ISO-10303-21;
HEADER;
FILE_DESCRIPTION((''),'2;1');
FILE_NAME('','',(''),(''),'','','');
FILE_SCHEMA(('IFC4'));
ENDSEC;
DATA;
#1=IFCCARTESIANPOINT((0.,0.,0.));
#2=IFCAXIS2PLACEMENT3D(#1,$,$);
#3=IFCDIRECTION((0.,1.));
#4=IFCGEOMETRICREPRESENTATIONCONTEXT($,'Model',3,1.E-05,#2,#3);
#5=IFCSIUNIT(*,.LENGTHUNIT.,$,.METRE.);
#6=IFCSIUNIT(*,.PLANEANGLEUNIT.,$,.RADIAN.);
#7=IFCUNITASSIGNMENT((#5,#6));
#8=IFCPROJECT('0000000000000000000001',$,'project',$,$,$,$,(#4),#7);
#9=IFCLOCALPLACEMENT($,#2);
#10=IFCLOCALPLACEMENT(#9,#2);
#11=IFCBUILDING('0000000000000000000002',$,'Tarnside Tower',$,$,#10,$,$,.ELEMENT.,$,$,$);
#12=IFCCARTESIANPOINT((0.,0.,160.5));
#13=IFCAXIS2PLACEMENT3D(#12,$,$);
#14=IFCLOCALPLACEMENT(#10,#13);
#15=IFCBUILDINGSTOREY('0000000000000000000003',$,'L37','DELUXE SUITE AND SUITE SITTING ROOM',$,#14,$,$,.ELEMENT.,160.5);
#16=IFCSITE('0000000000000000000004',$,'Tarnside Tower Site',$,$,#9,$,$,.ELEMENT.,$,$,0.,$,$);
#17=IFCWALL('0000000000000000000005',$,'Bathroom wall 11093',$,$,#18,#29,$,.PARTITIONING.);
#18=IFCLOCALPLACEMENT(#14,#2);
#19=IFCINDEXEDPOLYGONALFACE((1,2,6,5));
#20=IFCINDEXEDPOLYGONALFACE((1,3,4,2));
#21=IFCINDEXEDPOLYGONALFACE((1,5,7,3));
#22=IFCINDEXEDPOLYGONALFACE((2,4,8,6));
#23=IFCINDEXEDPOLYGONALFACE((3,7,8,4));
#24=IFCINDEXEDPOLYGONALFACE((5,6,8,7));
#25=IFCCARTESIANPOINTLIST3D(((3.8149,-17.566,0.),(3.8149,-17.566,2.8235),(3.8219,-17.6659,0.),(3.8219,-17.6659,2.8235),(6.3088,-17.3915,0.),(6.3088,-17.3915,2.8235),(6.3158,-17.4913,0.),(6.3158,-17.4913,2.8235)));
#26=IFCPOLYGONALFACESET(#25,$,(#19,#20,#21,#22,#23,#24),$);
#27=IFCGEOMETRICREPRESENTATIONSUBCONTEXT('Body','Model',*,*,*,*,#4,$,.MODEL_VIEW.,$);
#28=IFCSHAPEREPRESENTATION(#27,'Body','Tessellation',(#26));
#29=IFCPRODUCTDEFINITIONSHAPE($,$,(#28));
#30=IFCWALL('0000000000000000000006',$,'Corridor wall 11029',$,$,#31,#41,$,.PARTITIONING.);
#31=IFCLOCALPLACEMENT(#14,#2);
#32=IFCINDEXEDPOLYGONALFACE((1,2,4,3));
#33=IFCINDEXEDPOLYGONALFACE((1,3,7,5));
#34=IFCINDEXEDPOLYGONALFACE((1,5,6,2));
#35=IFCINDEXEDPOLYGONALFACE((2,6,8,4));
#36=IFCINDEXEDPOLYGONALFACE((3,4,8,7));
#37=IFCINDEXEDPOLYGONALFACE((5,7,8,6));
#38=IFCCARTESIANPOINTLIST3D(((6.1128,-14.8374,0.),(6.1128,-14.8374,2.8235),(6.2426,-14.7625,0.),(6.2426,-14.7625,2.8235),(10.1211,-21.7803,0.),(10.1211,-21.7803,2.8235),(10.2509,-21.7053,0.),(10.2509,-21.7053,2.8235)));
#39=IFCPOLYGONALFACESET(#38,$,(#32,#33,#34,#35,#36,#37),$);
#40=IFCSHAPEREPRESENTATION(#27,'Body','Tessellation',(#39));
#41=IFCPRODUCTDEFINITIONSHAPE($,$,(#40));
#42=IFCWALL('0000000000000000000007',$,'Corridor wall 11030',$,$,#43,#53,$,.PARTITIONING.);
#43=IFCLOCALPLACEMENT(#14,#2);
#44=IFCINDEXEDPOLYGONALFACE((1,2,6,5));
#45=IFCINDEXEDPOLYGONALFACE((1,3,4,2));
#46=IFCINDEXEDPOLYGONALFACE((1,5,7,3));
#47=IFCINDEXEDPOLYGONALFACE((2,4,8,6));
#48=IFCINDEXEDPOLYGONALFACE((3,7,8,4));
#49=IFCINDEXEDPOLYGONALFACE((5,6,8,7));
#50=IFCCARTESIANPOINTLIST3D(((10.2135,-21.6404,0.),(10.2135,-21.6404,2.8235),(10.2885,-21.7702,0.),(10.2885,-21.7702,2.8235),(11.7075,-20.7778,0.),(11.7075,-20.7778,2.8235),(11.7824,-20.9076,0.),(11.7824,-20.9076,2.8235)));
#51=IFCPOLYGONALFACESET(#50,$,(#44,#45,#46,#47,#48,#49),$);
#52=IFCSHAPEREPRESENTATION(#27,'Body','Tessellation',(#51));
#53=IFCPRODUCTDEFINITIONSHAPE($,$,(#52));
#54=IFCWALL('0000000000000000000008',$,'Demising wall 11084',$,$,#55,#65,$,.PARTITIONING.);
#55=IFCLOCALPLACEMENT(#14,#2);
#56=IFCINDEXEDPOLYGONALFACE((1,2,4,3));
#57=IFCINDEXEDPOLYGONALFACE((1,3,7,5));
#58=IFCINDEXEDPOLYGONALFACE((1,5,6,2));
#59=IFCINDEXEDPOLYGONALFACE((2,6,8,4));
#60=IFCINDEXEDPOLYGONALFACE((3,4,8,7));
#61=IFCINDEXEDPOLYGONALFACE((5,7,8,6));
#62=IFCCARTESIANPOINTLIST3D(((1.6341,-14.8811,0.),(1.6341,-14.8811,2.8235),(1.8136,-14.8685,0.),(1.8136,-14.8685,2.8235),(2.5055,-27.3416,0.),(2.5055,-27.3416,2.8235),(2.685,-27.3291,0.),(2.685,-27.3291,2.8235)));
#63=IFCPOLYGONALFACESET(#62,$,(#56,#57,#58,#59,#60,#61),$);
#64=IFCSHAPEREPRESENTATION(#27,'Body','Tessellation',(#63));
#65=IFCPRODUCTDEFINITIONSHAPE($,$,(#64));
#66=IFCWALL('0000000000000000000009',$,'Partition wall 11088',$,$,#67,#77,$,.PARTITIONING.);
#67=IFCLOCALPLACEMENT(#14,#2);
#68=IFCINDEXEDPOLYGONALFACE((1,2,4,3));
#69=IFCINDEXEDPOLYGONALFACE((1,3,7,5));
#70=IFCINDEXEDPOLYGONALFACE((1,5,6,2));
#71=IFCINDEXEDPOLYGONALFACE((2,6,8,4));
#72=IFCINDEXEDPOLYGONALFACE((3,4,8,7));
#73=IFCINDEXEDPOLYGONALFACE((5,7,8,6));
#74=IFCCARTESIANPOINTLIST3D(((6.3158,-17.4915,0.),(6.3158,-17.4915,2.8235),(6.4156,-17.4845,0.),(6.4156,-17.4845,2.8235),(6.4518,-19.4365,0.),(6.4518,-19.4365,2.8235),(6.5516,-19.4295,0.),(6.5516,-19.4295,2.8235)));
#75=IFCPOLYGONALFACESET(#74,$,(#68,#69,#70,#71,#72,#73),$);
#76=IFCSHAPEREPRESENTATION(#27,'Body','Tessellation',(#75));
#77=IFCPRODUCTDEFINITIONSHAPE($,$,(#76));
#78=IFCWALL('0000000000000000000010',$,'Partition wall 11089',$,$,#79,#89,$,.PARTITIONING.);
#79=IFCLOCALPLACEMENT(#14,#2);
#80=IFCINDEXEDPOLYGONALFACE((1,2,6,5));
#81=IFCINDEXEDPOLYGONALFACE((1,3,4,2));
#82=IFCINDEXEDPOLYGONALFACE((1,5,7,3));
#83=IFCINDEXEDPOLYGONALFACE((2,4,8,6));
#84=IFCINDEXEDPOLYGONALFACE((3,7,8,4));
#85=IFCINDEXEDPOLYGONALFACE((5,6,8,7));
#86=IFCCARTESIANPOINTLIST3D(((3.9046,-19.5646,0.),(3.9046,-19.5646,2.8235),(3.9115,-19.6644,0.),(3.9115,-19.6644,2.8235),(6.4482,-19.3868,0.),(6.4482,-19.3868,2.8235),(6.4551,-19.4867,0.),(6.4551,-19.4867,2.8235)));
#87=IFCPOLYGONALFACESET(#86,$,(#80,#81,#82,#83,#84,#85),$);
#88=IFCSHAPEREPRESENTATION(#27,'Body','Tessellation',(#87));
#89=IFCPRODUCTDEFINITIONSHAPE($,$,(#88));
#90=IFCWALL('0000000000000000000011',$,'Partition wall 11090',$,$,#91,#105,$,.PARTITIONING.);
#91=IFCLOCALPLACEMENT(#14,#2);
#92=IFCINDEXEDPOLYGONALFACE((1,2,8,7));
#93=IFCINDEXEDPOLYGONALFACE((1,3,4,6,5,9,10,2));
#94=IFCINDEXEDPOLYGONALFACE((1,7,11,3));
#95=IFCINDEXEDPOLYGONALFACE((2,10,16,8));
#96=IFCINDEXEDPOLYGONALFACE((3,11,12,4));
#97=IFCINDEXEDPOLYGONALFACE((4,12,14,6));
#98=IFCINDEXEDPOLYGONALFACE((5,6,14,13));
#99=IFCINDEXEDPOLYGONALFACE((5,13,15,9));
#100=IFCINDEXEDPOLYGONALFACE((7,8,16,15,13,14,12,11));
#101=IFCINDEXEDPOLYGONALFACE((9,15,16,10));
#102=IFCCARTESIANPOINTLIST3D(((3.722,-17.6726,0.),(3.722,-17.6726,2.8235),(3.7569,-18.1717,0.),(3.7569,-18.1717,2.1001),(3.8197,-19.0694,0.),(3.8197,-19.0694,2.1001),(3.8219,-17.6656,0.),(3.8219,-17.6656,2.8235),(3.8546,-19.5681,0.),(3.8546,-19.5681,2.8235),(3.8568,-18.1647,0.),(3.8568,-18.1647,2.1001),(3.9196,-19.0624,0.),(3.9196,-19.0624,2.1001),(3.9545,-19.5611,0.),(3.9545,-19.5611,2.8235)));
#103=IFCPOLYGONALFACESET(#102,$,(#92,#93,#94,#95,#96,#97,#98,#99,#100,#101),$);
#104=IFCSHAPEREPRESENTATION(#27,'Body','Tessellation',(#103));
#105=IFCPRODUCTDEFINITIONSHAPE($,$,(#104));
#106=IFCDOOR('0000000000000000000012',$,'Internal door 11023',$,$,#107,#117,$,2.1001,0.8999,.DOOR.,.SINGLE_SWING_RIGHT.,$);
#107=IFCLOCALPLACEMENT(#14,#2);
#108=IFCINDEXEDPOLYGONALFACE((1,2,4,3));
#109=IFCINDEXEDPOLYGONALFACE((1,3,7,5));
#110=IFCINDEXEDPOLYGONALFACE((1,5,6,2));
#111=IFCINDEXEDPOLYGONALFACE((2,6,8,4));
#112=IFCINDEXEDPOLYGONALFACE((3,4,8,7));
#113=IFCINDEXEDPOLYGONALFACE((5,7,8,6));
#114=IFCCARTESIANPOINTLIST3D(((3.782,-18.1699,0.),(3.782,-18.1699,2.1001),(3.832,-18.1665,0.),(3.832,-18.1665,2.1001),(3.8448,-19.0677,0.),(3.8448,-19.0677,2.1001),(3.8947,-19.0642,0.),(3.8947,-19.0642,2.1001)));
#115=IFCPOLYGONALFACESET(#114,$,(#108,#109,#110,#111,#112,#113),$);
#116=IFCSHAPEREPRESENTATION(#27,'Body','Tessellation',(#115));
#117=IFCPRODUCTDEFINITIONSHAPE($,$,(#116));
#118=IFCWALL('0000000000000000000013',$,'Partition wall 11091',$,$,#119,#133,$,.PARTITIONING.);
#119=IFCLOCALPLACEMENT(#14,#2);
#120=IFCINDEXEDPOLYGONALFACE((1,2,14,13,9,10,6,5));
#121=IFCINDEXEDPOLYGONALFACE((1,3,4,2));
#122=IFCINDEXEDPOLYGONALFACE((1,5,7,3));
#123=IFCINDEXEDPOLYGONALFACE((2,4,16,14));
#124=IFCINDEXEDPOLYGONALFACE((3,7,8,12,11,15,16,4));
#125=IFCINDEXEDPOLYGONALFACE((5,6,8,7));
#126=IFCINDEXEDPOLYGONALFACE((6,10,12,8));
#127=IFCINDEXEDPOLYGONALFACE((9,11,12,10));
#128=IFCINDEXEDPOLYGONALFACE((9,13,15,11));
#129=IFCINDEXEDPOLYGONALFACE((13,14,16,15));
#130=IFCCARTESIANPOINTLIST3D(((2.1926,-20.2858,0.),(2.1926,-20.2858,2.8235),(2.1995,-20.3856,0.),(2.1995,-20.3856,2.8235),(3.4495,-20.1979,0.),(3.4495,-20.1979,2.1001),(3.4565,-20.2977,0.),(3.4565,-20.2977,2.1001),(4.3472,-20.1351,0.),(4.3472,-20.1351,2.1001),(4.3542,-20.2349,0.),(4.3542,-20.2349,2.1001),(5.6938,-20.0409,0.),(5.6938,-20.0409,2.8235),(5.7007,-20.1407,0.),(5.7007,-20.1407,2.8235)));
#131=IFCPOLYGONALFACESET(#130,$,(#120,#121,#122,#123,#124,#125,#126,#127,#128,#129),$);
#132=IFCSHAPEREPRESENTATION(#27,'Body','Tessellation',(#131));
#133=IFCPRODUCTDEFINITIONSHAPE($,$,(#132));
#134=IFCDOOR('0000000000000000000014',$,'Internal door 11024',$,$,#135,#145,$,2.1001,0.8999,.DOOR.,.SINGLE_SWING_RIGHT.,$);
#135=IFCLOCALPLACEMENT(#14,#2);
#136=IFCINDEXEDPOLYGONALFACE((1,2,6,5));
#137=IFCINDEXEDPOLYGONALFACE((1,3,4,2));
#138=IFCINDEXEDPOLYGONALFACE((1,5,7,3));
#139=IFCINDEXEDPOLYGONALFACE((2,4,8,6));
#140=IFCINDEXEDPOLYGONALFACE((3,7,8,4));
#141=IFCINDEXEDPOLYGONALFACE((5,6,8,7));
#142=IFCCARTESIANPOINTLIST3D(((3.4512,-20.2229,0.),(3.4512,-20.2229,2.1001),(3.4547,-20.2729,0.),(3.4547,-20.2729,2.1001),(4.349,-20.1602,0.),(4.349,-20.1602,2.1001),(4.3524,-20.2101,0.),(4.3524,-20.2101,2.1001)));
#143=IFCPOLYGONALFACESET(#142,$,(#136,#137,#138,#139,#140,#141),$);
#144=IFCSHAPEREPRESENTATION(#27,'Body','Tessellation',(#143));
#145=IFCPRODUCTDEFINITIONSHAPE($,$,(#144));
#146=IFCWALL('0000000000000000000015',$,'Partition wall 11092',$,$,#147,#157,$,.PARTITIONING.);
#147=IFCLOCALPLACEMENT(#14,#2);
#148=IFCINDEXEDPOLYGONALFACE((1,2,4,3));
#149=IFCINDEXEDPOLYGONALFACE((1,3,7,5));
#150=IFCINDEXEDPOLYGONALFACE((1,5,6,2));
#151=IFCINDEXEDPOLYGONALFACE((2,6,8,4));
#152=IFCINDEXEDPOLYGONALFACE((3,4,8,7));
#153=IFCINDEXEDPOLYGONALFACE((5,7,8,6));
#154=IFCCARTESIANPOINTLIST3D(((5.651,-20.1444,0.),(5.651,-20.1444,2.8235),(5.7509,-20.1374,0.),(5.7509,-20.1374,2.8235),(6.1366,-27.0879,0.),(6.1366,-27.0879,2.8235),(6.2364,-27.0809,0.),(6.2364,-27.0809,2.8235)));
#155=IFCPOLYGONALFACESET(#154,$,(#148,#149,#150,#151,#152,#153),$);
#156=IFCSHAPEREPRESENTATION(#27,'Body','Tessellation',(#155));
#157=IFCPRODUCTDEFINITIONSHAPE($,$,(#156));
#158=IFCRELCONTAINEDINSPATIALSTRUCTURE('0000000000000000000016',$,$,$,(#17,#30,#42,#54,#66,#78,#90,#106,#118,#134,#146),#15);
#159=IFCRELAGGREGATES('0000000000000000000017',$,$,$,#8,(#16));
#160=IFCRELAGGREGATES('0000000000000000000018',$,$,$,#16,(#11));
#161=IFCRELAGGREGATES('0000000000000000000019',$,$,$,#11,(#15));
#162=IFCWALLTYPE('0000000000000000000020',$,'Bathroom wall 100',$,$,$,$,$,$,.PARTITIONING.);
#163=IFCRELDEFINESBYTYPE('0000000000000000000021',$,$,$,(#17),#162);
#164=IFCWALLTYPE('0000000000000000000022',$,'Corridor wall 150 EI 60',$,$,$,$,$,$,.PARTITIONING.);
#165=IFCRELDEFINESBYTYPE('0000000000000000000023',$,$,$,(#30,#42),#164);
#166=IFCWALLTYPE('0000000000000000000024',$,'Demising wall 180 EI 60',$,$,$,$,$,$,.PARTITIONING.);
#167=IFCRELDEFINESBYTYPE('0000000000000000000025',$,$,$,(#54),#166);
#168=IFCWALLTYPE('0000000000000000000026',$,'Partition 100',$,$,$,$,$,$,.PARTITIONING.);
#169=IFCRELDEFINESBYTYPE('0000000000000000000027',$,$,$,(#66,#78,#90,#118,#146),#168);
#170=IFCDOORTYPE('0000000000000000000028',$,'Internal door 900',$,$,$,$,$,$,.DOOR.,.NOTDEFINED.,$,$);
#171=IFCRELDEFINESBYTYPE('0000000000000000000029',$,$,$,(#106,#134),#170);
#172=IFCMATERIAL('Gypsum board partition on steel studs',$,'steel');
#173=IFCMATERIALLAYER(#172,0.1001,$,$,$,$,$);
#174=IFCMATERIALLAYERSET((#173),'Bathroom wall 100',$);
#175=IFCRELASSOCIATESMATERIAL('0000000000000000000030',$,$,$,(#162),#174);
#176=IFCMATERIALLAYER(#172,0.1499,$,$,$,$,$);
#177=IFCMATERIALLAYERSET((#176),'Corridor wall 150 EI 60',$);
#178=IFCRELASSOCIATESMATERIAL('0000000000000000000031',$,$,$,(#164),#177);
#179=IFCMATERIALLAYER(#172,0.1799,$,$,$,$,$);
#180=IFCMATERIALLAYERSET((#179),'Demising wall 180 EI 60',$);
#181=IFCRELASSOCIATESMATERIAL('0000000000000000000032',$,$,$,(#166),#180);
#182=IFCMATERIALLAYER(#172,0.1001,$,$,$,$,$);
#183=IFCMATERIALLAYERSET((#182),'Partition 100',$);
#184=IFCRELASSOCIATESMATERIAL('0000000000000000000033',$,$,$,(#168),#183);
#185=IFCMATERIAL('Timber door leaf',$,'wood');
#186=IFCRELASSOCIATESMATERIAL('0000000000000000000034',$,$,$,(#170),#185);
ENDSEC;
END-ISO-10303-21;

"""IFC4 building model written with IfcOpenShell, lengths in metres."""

from ifc_helpers import new_model, si_unit, direction, frame, frame_2d, origin, place, context, subcontext, project, spatial, rectangle, extrude, material, layer, layer_set, type_object, element, fill, save


model = new_model("IFC4")

# Units and contexts
model_context = context("Model", 3, precision=1e-05, world=origin(), true_north=direction((0.0, 1.0)))
body_context = subcontext(model_context, "Body", "Model", "MODEL_VIEW")
ifc_project = project(units=[si_unit("LENGTHUNIT", "METRE"), si_unit("PLANEANGLEUNIT", "RADIAN")], contexts=[model_context])

# Site, building, storey
site_placement = place(None, origin())
site = spatial("IfcSite", under=ifc_project, at=site_placement, Name="Tarnside Tower Site", CompositionType="ELEMENT", RefElevation=0.0)
building_placement = place(site_placement, origin())
building = spatial("IfcBuilding", under=site, at=building_placement, Name="Tarnside Tower", CompositionType="ELEMENT")
storey_placement = place(building_placement, frame((0.0, 0.0, 160.5)))
storey = spatial("IfcBuildingStorey", under=building, at=storey_placement, Name="L37", Description="DELUXE SUITE AND SUITE SITTING ROOM", CompositionType="ELEMENT", Elevation=160.5)

# Shared definitions
ifc_material_1 = material(Name="Gypsum board partition on steel studs", Category="steel")
ifc_layer_1 = layer(ifc_material_1, 0.1001)
ifc_layer_set_1 = layer_set([ifc_layer_1], Name="Bathroom wall 100")
wall_type_1 = type_object("IfcWallType", Name="Bathroom wall 100", PredefinedType="PARTITIONING", material=ifc_layer_set_1)
ifc_material_2 = material(Name="Timber door leaf", Category="wood")

# Walls
wall_1_placement = place(storey_placement, frame((3.8184, -17.616, 0.0), z_axis=(0.0, 0.0, 1.0), x_axis=(0.997559, 0.069824, 0.0)))
element("IfcWall", 1, at=wall_1_placement, inside=storey, type_object=wall_type_1, Name="Bathroom wall 11093", PredefinedType="PARTITIONING", context=body_context, shape_type="SweptSolid", body=[
    extrude(rectangle(XDim=2.5, YDim=0.1001, at=frame_2d((1.25, 0.0))), origin(), (0.0, 0.0, 1.0), 2.8235),
])
ifc_layer_2 = layer(ifc_material_1, 0.1499)
ifc_layer_set_2 = layer_set([ifc_layer_2], Name="Corridor wall 150 EI 60")
wall_type_2 = type_object("IfcWallType", Name="Corridor wall 150 EI 60", PredefinedType="PARTITIONING", material=ifc_layer_set_2)
wall_2_placement = place(storey_placement, frame((6.1777, -14.8, 0.0), z_axis=(0.0, 0.0, 1.0), x_axis=(0.499984, -0.866034, 0.0)))
element("IfcWall", 2, at=wall_2_placement, inside=storey, type_object=wall_type_2, Name="Corridor wall 11029", PredefinedType="PARTITIONING", context=body_context, shape_type="SweptSolid", body=[
    extrude(rectangle(XDim=8.0168, YDim=0.1499, at=frame_2d((4.0083, 0.0))), origin(), (0.0, 0.0, 1.0), 2.8235),
])
wall_3_placement = place(storey_placement, frame((10.251, -21.7053, 0.0), z_axis=(0.0, 0.0, 1.0), x_axis=(0.866014, 0.500021, 0.0)))
element("IfcWall", 3, at=wall_3_placement, inside=storey, type_object=wall_type_2, Name="Corridor wall 11030", PredefinedType="PARTITIONING", context=body_context, shape_type="SweptSolid", body=[
    extrude(rectangle(XDim=1.7251, YDim=0.1499, at=frame_2d((0.8625, 0.0))), origin(), (0.0, 0.0, 1.0), 2.8235),
])
ifc_layer_3 = layer(ifc_material_1, 0.1799)
ifc_layer_set_3 = layer_set([ifc_layer_3], Name="Demising wall 180 EI 60")
wall_type_3 = type_object("IfcWallType", Name="Demising wall 180 EI 60", PredefinedType="PARTITIONING", material=ifc_layer_set_3)
wall_4_placement = place(storey_placement, frame((2.5952, -27.3354, 0.0), z_axis=(0.0, 0.0, 1.0), x_axis=(-0.069758, 0.997564, 0.0)))
element("IfcWall", 4, at=wall_4_placement, inside=storey, type_object=wall_type_3, Name="Demising wall 11084", PredefinedType="PARTITIONING", context=body_context, shape_type="SweptSolid", body=[
    extrude(rectangle(XDim=12.491, YDim=0.1799, at=frame_2d((6.2456, 0.0))), origin(), (0.0, 0.0, 1.0), 2.8235),
])
ifc_layer_4 = layer(ifc_material_1, 0.1001)
ifc_layer_set_4 = layer_set([ifc_layer_4], Name="Partition 100")
wall_type_4 = type_object("IfcWallType", Name="Partition 100", PredefinedType="PARTITIONING", material=ifc_layer_set_4)
wall_5_placement = place(storey_placement, frame((6.3657, -17.488, 0.0), z_axis=(0.0, 0.0, 1.0), x_axis=(0.069743, -0.997565, 0.0)))
element("IfcWall", 5, at=wall_5_placement, inside=storey, type_object=wall_type_4, Name="Partition wall 11088", PredefinedType="PARTITIONING", context=body_context, shape_type="SweptSolid", body=[
    extrude(rectangle(XDim=1.9497, YDim=0.1001, at=frame_2d((0.9749, 0.0))), origin(), (0.0, 0.0, 1.0), 2.8235),
])
wall_6_placement = place(storey_placement, frame((6.4517, -19.4368, 0.0), z_axis=(0.0, 0.0, 1.0), x_axis=(-0.997568, -0.069702, 0.0)))
element("IfcWall", 6, at=wall_6_placement, inside=storey, type_object=wall_type_4, Name="Partition wall 11089", PredefinedType="PARTITIONING", context=body_context, shape_type="SweptSolid", body=[
    extrude(rectangle(XDim=2.5498, YDim=0.1001, at=frame_2d((1.2749, 0.0))), origin(), (0.0, 0.0, 1.0), 2.8235),
])

# Walls, openings, doors
wall_7_placement = place(storey_placement, frame((3.9045, -19.5647, 0.0), z_axis=(0.0, 0.0, 1.0), x_axis=(-0.069768, 0.997563, 0.0)))
wall_7 = element("IfcWall", 7, at=wall_7_placement, inside=storey, type_object=wall_type_4, Name="Partition wall 11090", PredefinedType="PARTITIONING", context=body_context, shape_type="SweptSolid", body=[
    extrude(rectangle(XDim=1.9001, YDim=0.1001, at=frame_2d((0.9502, 0.0))), origin(), (0.0, 0.0, 1.0), 2.8235),
])
opening_1_placement = place(wall_7_placement, frame((0.5, 0.0, 0.0)))
opening_1 = element("IfcOpeningElement", 8, at=opening_1_placement, cuts=wall_7, PredefinedType="OPENING", context=body_context, shape_type="SweptSolid", body=[
    extrude(rectangle(XDim=0.8999, YDim=2.1001, at=frame_2d((0.45, 1.05))), frame((0.0, 0.0601, 0.0), z_axis=(0.0, -1.0, 0.0), x_axis=(1.0, 0.0, 0.0)), (0.0, 0.0, 1.0), 0.1201),
])
door_type_1 = type_object("IfcDoorType", Name="Internal door 900", OperationType="NOTDEFINED", PredefinedType="DOOR", material=ifc_material_2)
door_1_placement = place(opening_1_placement, origin())
door_1 = element("IfcDoor", 9, at=door_1_placement, inside=storey, type_object=door_type_1, Name="Internal door 11023", OperationType="SINGLE_SWING_RIGHT", OverallHeight=2.1001, OverallWidth=0.8999, PredefinedType="DOOR", context=body_context, shape_type="SweptSolid", body=[
    extrude(rectangle(XDim=0.8999, YDim=2.1001, at=frame_2d((0.45, 1.05))), frame((0.0, 0.0249, 0.0), z_axis=(0.0, -1.0, 0.0), x_axis=(1.0, 0.0, 0.0)), (0.0, 0.0, 1.0), 0.05),
])
fill(opening_1, door_1)
wall_8_placement = place(storey_placement, frame((2.196, -20.3357, 0.0), z_axis=(0.0, 0.0, 1.0), x_axis=(0.997563, 0.069769, 0.0)))
wall_8 = element("IfcWall", 10, at=wall_8_placement, inside=storey, type_object=wall_type_4, Name="Partition wall 11091", PredefinedType="PARTITIONING", context=body_context, shape_type="SweptSolid", body=[
    extrude(rectangle(XDim=3.5098, YDim=0.1001, at=frame_2d((1.7549, 0.0))), origin(), (0.0, 0.0, 1.0), 2.8235),
])
opening_2_placement = place(wall_8_placement, frame((1.26, 0.0, 0.0)))
opening_2 = element("IfcOpeningElement", 11, at=opening_2_placement, cuts=wall_8, PredefinedType="OPENING", context=body_context, shape_type="SweptSolid", body=[
    extrude(rectangle(XDim=0.8999, YDim=2.1001, at=frame_2d((0.45, 1.05))), frame((0.0, 0.0601, 0.0), z_axis=(0.0, -1.0, 0.0), x_axis=(1.0, 0.0, 0.0)), (0.0, 0.0, 1.0), 0.1201),
])
door_2_placement = place(opening_2_placement, origin())
door_2 = element("IfcDoor", 12, at=door_2_placement, inside=storey, type_object=door_type_1, Name="Internal door 11024", OperationType="SINGLE_SWING_RIGHT", OverallHeight=2.1001, OverallWidth=0.8999, PredefinedType="DOOR", context=body_context, shape_type="SweptSolid", body=[
    extrude(rectangle(XDim=0.8999, YDim=2.1001, at=frame_2d((0.45, 1.05))), frame((0.0, 0.0249, 0.0), z_axis=(0.0, -1.0, 0.0), x_axis=(1.0, 0.0, 0.0)), (0.0, 0.0, 1.0), 0.05),
])
fill(opening_2, door_2)

# Wall
wall_9_placement = place(storey_placement, frame((5.7009, -20.1409, 0.0), z_axis=(0.0, 0.0, 1.0), x_axis=(0.069764, -0.997564, 0.0)))
element("IfcWall", 13, at=wall_9_placement, inside=storey, type_object=wall_type_4, Name="Partition wall 11092", PredefinedType="PARTITIONING", context=body_context, shape_type="SweptSolid", body=[
    extrude(rectangle(XDim=6.9604, YDim=0.1001, at=frame_2d((3.4802, 0.0))), origin(), (0.0, 0.0, 1.0), 2.8235),
])

save(model, "model.ifc")
